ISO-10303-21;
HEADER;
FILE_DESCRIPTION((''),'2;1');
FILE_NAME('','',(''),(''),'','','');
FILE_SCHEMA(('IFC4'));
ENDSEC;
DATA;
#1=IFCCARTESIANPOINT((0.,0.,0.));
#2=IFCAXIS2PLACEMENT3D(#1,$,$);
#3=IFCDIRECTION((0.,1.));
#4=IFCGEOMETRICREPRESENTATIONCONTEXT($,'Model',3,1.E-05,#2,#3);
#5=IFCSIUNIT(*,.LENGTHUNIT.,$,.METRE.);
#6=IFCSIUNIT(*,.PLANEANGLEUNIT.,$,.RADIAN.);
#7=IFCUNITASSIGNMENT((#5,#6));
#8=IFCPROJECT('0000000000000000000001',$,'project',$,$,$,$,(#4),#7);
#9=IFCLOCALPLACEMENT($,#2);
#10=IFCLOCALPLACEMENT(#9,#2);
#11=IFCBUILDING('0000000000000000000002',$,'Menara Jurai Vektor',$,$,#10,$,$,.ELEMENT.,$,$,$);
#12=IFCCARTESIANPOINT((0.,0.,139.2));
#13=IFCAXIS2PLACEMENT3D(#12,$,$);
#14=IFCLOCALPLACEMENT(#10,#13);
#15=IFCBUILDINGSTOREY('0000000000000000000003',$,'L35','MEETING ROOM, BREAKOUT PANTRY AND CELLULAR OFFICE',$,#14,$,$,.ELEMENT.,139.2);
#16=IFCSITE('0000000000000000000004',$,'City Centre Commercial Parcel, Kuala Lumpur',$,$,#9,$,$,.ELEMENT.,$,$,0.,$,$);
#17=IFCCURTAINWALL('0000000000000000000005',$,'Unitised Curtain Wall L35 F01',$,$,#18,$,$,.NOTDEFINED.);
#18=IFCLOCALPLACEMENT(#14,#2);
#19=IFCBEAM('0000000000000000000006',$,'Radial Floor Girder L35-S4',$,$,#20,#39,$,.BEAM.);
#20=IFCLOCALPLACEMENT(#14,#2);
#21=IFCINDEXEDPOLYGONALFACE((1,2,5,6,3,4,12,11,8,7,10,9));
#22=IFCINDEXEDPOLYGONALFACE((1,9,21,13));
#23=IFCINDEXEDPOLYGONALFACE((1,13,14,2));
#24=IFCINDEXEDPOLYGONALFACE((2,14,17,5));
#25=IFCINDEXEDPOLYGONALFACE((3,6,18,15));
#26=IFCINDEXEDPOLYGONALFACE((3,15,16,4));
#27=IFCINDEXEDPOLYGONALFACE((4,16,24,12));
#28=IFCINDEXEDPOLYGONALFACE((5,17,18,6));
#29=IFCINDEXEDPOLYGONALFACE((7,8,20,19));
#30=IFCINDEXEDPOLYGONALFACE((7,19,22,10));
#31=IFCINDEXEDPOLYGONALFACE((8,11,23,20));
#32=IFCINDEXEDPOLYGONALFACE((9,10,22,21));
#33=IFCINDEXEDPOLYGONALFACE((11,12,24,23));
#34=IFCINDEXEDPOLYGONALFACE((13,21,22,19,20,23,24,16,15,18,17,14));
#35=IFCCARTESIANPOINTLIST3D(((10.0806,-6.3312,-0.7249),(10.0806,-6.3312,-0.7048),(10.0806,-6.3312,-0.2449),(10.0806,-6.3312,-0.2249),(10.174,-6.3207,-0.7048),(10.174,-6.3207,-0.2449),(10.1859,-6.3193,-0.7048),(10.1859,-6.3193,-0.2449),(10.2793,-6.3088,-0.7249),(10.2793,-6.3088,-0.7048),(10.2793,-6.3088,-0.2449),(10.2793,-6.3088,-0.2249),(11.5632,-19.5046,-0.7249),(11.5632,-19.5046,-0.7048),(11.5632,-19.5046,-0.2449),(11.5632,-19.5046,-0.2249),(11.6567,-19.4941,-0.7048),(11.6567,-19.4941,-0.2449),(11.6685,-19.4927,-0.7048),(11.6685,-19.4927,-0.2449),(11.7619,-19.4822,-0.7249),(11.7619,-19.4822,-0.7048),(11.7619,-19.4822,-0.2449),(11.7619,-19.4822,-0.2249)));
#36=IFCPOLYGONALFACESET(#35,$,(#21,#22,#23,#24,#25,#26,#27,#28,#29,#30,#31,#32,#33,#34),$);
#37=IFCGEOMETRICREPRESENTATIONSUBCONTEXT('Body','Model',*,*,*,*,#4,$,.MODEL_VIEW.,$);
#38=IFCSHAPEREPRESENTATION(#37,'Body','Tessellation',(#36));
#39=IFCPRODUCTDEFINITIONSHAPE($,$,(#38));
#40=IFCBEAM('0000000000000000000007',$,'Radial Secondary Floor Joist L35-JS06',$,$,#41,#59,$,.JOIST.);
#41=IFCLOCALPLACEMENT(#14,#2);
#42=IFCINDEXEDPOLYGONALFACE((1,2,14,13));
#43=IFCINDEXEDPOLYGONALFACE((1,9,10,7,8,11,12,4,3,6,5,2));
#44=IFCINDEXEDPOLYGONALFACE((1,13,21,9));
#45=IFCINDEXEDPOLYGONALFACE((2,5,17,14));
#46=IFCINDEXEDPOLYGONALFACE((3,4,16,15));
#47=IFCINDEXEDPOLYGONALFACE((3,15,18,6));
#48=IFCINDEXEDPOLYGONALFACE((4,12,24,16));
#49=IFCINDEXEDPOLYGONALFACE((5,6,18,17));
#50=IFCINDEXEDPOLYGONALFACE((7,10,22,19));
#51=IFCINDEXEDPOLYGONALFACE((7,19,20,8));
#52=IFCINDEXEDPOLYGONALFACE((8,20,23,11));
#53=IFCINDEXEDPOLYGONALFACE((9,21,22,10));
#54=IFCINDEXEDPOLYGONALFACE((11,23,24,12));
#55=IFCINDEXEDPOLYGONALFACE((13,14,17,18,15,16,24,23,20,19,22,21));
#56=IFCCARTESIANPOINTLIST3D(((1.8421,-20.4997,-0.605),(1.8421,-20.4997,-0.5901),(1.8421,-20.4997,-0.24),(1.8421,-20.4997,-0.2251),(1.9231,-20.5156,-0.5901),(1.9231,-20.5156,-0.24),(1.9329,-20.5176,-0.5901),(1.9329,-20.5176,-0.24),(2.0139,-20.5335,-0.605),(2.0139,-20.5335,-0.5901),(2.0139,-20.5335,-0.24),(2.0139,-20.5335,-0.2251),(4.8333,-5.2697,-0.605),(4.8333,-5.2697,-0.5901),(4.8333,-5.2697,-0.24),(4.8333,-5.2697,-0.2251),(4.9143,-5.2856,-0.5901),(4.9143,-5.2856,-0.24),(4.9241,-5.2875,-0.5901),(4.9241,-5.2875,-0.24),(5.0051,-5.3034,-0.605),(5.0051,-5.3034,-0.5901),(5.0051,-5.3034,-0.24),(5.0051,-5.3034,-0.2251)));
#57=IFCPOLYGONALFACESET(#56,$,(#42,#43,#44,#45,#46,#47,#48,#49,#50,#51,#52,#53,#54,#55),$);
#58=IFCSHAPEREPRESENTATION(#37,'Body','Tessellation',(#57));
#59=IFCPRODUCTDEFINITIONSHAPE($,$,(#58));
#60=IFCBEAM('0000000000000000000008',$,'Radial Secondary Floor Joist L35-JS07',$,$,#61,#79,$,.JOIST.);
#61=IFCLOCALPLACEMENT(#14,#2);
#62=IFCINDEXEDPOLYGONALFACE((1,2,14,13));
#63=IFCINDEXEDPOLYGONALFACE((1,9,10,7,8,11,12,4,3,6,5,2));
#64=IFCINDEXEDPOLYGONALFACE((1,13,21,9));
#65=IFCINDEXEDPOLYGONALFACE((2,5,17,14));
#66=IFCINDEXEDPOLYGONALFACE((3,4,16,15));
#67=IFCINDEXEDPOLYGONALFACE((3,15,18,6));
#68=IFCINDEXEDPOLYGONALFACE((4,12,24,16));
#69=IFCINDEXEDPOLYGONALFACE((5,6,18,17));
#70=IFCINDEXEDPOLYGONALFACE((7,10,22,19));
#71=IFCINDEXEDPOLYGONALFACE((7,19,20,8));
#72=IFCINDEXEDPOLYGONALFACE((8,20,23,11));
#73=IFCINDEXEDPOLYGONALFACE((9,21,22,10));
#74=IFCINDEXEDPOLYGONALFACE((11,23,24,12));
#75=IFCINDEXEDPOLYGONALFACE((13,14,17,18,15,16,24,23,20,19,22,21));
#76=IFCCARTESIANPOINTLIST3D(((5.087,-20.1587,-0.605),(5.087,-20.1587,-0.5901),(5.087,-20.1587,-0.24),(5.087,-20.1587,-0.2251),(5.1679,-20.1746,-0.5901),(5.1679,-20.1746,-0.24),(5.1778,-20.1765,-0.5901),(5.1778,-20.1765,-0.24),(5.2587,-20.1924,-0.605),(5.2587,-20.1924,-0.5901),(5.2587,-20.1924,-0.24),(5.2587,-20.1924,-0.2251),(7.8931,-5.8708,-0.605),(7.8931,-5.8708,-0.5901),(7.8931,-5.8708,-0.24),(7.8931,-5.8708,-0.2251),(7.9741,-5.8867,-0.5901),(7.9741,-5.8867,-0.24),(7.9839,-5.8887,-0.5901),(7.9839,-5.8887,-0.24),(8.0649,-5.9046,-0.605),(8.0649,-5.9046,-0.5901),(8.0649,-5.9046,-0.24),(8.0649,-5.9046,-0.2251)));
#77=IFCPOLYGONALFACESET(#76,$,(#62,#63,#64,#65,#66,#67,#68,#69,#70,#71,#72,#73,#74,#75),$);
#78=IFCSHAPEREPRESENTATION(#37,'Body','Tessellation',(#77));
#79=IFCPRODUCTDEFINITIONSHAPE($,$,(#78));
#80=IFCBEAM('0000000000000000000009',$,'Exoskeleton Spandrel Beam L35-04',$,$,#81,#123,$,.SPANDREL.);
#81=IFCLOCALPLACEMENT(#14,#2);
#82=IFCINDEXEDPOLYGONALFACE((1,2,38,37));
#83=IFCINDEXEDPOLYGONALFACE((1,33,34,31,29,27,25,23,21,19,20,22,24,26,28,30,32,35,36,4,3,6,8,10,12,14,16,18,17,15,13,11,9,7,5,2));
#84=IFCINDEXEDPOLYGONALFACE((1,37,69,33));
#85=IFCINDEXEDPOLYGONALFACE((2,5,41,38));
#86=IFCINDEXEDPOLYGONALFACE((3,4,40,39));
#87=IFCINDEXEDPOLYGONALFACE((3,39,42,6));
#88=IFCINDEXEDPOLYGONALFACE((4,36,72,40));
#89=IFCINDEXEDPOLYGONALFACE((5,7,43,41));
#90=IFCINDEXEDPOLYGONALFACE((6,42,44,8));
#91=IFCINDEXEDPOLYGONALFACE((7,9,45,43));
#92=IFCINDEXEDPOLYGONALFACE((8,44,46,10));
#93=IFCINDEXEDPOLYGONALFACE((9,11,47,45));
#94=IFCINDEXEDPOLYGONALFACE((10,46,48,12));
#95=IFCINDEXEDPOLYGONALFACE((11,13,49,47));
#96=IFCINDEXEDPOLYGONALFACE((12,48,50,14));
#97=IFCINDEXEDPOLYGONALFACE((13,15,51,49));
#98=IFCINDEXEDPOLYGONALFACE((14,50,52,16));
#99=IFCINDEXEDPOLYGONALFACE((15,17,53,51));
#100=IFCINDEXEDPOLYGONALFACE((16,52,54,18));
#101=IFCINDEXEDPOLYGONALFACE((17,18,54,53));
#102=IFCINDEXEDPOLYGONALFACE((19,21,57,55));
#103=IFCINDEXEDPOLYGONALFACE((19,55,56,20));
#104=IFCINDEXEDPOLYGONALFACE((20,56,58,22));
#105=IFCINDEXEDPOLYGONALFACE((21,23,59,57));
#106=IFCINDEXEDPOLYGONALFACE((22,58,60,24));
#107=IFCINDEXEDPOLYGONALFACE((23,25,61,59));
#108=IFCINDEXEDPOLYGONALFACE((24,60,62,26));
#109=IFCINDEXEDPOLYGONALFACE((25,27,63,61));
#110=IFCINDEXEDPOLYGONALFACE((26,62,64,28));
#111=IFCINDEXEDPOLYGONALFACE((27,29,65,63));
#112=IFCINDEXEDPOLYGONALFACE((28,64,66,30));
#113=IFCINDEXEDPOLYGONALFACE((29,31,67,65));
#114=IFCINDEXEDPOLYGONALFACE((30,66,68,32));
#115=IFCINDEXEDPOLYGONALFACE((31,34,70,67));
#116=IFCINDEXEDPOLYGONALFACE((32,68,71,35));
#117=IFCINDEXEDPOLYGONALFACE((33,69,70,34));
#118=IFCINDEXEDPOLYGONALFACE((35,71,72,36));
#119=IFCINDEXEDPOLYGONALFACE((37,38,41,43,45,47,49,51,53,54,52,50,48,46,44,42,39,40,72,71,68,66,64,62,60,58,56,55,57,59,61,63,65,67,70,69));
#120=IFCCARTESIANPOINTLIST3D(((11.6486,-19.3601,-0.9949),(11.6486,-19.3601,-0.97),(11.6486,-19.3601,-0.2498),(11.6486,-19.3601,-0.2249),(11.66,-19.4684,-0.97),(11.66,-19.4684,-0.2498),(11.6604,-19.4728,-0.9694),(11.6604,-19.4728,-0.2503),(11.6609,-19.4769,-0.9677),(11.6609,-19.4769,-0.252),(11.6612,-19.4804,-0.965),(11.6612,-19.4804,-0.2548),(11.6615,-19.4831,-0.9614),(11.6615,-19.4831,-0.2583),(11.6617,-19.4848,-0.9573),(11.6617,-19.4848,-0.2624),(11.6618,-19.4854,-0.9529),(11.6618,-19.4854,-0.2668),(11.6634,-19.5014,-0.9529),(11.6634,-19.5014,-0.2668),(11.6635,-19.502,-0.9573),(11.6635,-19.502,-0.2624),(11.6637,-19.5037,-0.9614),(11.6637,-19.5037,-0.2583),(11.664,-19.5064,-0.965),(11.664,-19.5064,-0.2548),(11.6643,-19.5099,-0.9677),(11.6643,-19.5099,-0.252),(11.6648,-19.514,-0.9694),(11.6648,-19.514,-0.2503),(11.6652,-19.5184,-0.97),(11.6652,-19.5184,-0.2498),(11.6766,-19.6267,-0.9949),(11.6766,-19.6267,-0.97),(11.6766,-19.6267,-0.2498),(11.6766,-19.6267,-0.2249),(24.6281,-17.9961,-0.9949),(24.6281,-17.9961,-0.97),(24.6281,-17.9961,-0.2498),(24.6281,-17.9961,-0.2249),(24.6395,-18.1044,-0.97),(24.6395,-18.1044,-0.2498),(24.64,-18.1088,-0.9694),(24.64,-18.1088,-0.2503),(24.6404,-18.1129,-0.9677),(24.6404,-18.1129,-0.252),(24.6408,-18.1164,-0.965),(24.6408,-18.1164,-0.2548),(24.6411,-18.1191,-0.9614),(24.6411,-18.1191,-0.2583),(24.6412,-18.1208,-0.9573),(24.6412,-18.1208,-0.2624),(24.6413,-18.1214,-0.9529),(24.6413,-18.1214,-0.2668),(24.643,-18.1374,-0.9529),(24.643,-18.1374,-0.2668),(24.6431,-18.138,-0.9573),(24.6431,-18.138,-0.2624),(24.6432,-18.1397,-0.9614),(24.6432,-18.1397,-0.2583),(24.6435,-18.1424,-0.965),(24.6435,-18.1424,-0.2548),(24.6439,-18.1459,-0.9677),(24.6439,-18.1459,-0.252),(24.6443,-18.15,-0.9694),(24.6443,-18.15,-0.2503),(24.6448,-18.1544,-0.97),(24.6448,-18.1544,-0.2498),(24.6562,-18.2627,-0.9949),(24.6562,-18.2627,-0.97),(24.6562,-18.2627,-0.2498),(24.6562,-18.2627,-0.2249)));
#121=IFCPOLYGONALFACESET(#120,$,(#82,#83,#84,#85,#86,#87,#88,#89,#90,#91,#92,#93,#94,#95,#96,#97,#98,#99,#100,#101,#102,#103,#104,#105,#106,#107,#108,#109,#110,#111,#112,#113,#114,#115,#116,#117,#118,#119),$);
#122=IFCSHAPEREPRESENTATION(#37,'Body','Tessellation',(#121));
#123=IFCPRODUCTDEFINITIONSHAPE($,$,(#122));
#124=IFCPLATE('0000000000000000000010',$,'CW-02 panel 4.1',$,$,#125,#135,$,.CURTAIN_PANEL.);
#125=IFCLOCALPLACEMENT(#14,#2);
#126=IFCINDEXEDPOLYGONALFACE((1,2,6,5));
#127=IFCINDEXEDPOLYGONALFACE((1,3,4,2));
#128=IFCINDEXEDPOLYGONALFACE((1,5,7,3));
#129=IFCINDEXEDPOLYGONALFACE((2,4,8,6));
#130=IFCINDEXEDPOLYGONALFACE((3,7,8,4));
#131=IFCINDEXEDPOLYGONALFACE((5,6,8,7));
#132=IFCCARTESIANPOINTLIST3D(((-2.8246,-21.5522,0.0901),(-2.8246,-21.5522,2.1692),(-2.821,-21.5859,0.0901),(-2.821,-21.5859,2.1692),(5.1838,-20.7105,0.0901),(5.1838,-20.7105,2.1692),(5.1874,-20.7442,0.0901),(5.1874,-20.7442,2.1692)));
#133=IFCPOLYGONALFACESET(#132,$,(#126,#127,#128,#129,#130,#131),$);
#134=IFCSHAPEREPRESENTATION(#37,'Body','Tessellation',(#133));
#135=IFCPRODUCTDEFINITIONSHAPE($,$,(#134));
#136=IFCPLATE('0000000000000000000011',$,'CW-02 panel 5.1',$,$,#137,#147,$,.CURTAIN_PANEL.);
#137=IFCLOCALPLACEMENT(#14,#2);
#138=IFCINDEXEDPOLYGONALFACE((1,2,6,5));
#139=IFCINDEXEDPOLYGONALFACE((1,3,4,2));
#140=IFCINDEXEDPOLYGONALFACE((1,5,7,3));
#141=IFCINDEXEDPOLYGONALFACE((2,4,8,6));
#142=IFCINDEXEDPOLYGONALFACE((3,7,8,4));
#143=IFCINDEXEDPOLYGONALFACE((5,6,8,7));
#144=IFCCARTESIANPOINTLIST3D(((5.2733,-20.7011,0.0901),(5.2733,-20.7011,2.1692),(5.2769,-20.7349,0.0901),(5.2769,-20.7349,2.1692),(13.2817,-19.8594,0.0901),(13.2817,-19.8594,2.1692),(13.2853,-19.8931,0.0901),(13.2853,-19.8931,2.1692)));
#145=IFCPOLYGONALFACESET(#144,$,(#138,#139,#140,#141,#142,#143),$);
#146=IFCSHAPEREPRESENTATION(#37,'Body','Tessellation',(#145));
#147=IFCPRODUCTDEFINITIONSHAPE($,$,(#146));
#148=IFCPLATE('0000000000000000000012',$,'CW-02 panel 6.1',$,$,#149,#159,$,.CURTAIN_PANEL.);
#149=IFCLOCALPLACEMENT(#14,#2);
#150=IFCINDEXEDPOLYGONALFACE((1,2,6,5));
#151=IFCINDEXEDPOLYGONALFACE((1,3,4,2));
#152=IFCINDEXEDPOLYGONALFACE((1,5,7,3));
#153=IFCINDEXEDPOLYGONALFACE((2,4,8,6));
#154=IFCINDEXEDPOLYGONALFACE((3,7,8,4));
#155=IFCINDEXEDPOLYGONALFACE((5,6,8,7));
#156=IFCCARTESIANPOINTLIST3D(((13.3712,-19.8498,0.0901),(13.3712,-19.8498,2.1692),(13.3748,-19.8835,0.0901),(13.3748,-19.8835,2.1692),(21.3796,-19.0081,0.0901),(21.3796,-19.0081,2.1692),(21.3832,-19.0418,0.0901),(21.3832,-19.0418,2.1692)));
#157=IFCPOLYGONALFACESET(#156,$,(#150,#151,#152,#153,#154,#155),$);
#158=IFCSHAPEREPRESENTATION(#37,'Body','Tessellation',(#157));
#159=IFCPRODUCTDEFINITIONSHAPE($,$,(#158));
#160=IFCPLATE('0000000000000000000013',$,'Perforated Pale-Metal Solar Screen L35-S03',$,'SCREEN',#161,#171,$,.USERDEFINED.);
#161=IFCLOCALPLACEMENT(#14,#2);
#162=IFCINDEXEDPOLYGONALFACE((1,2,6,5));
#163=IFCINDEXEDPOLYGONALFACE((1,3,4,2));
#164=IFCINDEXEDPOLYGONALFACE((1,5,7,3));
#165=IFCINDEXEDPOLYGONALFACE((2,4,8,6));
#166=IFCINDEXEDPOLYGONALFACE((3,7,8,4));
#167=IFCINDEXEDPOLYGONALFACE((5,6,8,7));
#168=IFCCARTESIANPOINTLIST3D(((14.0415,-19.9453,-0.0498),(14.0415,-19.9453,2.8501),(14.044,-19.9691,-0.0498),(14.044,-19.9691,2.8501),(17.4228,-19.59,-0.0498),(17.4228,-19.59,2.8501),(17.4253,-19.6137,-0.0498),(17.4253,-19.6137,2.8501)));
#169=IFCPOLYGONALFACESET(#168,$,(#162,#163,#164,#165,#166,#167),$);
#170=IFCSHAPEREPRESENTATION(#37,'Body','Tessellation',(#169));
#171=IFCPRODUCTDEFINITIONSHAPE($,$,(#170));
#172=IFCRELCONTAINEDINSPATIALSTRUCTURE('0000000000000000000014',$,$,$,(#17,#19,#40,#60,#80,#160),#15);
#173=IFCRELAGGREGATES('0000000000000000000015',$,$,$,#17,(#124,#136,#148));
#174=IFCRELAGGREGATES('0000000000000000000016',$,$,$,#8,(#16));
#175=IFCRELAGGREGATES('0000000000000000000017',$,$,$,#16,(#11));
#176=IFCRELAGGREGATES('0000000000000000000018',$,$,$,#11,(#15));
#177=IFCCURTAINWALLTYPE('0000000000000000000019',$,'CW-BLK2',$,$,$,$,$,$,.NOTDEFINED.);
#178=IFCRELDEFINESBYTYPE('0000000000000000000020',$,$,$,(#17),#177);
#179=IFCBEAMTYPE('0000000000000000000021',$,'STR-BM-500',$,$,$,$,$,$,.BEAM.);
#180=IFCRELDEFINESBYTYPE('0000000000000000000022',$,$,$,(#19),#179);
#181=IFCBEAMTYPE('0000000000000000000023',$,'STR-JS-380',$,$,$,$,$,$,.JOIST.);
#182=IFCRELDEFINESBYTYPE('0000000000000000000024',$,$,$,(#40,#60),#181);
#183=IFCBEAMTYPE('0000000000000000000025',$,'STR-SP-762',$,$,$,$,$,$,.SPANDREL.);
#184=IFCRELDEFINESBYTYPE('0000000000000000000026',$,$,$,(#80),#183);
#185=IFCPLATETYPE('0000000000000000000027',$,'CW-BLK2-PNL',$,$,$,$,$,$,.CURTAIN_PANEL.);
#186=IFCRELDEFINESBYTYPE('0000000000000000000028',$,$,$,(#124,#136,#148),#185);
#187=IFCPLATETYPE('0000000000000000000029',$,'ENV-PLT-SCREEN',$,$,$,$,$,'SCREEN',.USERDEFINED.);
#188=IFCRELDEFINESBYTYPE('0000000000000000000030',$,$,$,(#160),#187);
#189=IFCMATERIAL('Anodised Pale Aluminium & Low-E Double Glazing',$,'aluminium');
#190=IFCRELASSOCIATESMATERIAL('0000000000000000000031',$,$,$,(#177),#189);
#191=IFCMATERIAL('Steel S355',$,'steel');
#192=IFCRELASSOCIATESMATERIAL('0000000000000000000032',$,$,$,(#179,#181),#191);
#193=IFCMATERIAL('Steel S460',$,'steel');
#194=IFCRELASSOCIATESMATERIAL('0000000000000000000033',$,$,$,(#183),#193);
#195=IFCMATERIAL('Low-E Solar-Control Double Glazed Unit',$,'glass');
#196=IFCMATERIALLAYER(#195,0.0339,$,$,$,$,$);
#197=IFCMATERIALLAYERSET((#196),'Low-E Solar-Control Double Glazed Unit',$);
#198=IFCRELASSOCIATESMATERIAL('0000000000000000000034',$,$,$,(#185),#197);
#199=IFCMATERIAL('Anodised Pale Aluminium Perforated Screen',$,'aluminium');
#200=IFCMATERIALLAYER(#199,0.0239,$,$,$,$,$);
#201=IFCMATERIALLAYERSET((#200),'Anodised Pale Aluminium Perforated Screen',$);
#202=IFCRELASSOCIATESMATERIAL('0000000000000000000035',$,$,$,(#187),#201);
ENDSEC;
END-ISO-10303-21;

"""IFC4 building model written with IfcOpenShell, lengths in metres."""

from ifc_helpers import new_model, si_unit, direction, frame, origin, origin_2d, place, context, subcontext, project, spatial, rectangle, i_section, extrude, material, layer, layer_set, material_profile, profile_set, type_object, element, aggregate, save


model = new_model("IFC4")

# Units and contexts
model_context = context("Model", 3, precision=1e-05, world=origin(), true_north=direction((0.0, 1.0)))
body_context = subcontext(model_context, "Body", "Model", "MODEL_VIEW")
ifc_project = project(units=[si_unit("LENGTHUNIT", "METRE"), si_unit("PLANEANGLEUNIT", "RADIAN")], contexts=[model_context])

# Site, building, storey
site_placement = place(None, origin())
site = spatial("IfcSite", under=ifc_project, at=site_placement, Name="City Centre Commercial Parcel, Kuala Lumpur", CompositionType="ELEMENT", RefElevation=0.0)
building_placement = place(site_placement, origin())
building = spatial("IfcBuilding", under=site, at=building_placement, Name="Menara Jurai Vektor", CompositionType="ELEMENT")
storey_placement = place(building_placement, frame((0.0, 0.0, 139.2)))
storey = spatial("IfcBuildingStorey", under=building, at=storey_placement, Name="L35", Description="MEETING ROOM, BREAKOUT PANTRY AND CELLULAR OFFICE", CompositionType="ELEMENT", Elevation=139.2)

# Shared definitions
ifc_material_1 = material(Name="Steel S460", Category="steel")

# Curtain wall
ifc_material_2 = material(Name="Anodised Pale Aluminium & Low-E Double Glazing", Category="aluminium")
curtain_wall_type = type_object("IfcCurtainWallType", Name="CW-BLK2", PredefinedType="NOTDEFINED", material=ifc_material_2)
curtain_wall_placement = place(storey_placement, origin())
curtain_wall = element("IfcCurtainWall", 1, at=curtain_wall_placement, inside=storey, type_object=curtain_wall_type, Name="Unitised Curtain Wall L35 F01", PredefinedType="NOTDEFINED")

# Beams
ifc_material_3 = material(Name="Steel S355", Category="steel")
ifc_material_profile_1 = material_profile(ifc_material_3, i_section(OverallWidth=0.2, OverallDepth=0.5, WebThickness=0.012, FlangeThickness=0.02, at=origin_2d()), Name="PG 500x200x96")
ifc_profile_set_1 = profile_set([ifc_material_profile_1], Name="Steel S355")
beam_type_1 = type_object("IfcBeamType", Name="STR-BM-500", PredefinedType="BEAM", material=ifc_profile_set_1)
beam_1_placement = place(storey_placement, frame((11.6626, -19.4934, -0.4749), z_axis=(-0.111844, 0.993726, 0.0), x_axis=(-0.993726, -0.111844, 0.0)))
element("IfcBeam", 2, at=beam_1_placement, inside=storey, type_object=beam_type_1, Name="Radial Floor Girder L35-S4", PredefinedType="BEAM", context=body_context, shape_type="SweptSolid", body=[
    extrude(i_section(OverallWidth=0.2, OverallDepth=0.5, WebThickness=0.012, FlangeThickness=0.02, at=origin_2d()), origin(), (0.0, 0.0, 1.0), 13.2566),
])
ifc_material_profile_2 = material_profile(ifc_material_3, i_section(OverallWidth=0.175, OverallDepth=0.3799, WebThickness=0.01, FlangeThickness=0.0149, at=origin_2d()), Name="PG 380x175x58")
ifc_profile_set_2 = profile_set([ifc_material_profile_2], Name="Steel S355")
beam_type_2 = type_object("IfcBeamType", Name="STR-JS-380", PredefinedType="JOIST", material=ifc_profile_set_2)
beam_2_placement = place(storey_placement, frame((1.928, -20.5166, -0.415), z_axis=(0.192721, 0.981254, 0.0), x_axis=(-0.981254, 0.192721, 0.0)))
element("IfcBeam", 3, at=beam_2_placement, inside=storey, type_object=beam_type_2, Name="Radial Secondary Floor Joist L35-JS06", PredefinedType="JOIST", context=body_context, shape_type="SweptSolid", body=[
    extrude(i_section(OverallWidth=0.175, OverallDepth=0.3799, WebThickness=0.01, FlangeThickness=0.0149, at=origin_2d()), origin(), (0.0, 0.0, 1.0), 15.521),
])
beam_3_placement = place(storey_placement, frame((5.1729, -20.1755, -0.415), z_axis=(0.19272, 0.981254, 0.0), x_axis=(-0.981254, 0.19272, 0.0)))
element("IfcBeam", 4, at=beam_3_placement, inside=storey, type_object=beam_type_2, Name="Radial Secondary Floor Joist L35-JS07", PredefinedType="JOIST", context=body_context, shape_type="SweptSolid", body=[
    extrude(i_section(OverallWidth=0.175, OverallDepth=0.3799, WebThickness=0.01, FlangeThickness=0.0149, at=origin_2d()), origin(), (0.0, 0.0, 1.0), 14.5608),
])
ifc_material_profile_3 = material_profile(ifc_material_1, i_section(OverallWidth=0.2681, OverallDepth=0.77, WebThickness=0.0161, FlangeThickness=0.0249, FilletRadius=0.0171, at=origin_2d()), Name="UKB 762x267x197")
ifc_profile_set_3 = profile_set([ifc_material_profile_3], Name="Steel S460")
beam_type_3 = type_object("IfcBeamType", Name="STR-SP-762", PredefinedType="SPANDREL", material=ifc_profile_set_3)
beam_4_placement = place(storey_placement, frame((11.6626, -19.4934, -0.6099), z_axis=(0.994523, 0.104514, 0.0), x_axis=(-0.104514, 0.994523, 0.0)))
element("IfcBeam", 5, at=beam_4_placement, inside=storey, type_object=beam_type_3, Name="Exoskeleton Spandrel Beam L35-04", PredefinedType="SPANDREL", context=body_context, shape_type="SweptSolid", body=[
    extrude(i_section(OverallWidth=0.2681, OverallDepth=0.77, WebThickness=0.0161, FlangeThickness=0.0249, FilletRadius=0.0171, at=origin_2d()), origin(), (0.0, 0.0, 1.0), 13.051),
])

# Plates
ifc_material_4 = material(Name="Low-E Solar-Control Double Glazed Unit", Category="glass")
ifc_layer_1 = layer(ifc_material_4, 0.0339)
ifc_layer_set_1 = layer_set([ifc_layer_1], Name="Low-E Solar-Control Double Glazed Unit")
plate_type_1 = type_object("IfcPlateType", Name="CW-BLK2-PNL", PredefinedType="CURTAIN_PANEL", material=ifc_layer_set_1)
plate_1_placement = place(storey_placement, frame((1.1814, -21.1482, 0.0901), z_axis=(0.0, 0.0, 1.0), x_axis=(0.994522, 0.104529, 0.0)))
plate_1 = element("IfcPlate", 6, at=plate_1_placement, type_object=plate_type_1, Name="CW-02 panel 4.1", PredefinedType="CURTAIN_PANEL", context=body_context, shape_type="SweptSolid", body=[
    extrude(rectangle(XDim=8.0525, YDim=0.0339, at=origin_2d()), origin(), (0.0, 0.0, 1.0), 2.0791),
])
plate_2_placement = place(storey_placement, frame((9.2793, -20.2971, 0.0901), z_axis=(0.0, 0.0, 1.0), x_axis=(0.994522, 0.104529, 0.0)))
plate_2 = element("IfcPlate", 7, at=plate_2_placement, type_object=plate_type_1, Name="CW-02 panel 5.1", PredefinedType="CURTAIN_PANEL", context=body_context, shape_type="SweptSolid", body=[
    extrude(rectangle(XDim=8.0525, YDim=0.0339, at=origin_2d()), origin(), (0.0, 0.0, 1.0), 2.0791),
])
plate_3_placement = place(storey_placement, frame((17.3772, -19.4458, 0.0901), z_axis=(0.0, 0.0, 1.0), x_axis=(0.994522, 0.104529, 0.0)))
plate_3 = element("IfcPlate", 8, at=plate_3_placement, type_object=plate_type_1, Name="CW-02 panel 6.1", PredefinedType="CURTAIN_PANEL", context=body_context, shape_type="SweptSolid", body=[
    extrude(rectangle(XDim=8.0525, YDim=0.0339, at=origin_2d()), origin(), (0.0, 0.0, 1.0), 2.0791),
])
aggregate(curtain_wall, [plate_1, plate_2, plate_3])
ifc_material_5 = material(Name="Anodised Pale Aluminium Perforated Screen", Category="aluminium")
ifc_layer_2 = layer(ifc_material_5, 0.0239)
ifc_layer_set_2 = layer_set([ifc_layer_2], Name="Anodised Pale Aluminium Perforated Screen")
plate_type_2 = type_object("IfcPlateType", Name="ENV-PLT-SCREEN", ElementType="SCREEN", PredefinedType="USERDEFINED", material=ifc_layer_set_2)
plate_4_placement = place(storey_placement, frame((15.7334, -19.7795, -0.0498), z_axis=(0.0, 0.0, 1.0), x_axis=(0.994522, 0.104528, 0.0)))
element("IfcPlate", 9, at=plate_4_placement, inside=storey, type_object=plate_type_2, Name="Perforated Pale-Metal Solar Screen L35-S03", ObjectType="SCREEN", PredefinedType="USERDEFINED", context=body_context, shape_type="SweptSolid", body=[
    extrude(rectangle(XDim=3.3999, YDim=0.0239, at=origin_2d()), origin(), (0.0, 0.0, 1.0), 2.8999),
])

save(model, "model.ifc")
